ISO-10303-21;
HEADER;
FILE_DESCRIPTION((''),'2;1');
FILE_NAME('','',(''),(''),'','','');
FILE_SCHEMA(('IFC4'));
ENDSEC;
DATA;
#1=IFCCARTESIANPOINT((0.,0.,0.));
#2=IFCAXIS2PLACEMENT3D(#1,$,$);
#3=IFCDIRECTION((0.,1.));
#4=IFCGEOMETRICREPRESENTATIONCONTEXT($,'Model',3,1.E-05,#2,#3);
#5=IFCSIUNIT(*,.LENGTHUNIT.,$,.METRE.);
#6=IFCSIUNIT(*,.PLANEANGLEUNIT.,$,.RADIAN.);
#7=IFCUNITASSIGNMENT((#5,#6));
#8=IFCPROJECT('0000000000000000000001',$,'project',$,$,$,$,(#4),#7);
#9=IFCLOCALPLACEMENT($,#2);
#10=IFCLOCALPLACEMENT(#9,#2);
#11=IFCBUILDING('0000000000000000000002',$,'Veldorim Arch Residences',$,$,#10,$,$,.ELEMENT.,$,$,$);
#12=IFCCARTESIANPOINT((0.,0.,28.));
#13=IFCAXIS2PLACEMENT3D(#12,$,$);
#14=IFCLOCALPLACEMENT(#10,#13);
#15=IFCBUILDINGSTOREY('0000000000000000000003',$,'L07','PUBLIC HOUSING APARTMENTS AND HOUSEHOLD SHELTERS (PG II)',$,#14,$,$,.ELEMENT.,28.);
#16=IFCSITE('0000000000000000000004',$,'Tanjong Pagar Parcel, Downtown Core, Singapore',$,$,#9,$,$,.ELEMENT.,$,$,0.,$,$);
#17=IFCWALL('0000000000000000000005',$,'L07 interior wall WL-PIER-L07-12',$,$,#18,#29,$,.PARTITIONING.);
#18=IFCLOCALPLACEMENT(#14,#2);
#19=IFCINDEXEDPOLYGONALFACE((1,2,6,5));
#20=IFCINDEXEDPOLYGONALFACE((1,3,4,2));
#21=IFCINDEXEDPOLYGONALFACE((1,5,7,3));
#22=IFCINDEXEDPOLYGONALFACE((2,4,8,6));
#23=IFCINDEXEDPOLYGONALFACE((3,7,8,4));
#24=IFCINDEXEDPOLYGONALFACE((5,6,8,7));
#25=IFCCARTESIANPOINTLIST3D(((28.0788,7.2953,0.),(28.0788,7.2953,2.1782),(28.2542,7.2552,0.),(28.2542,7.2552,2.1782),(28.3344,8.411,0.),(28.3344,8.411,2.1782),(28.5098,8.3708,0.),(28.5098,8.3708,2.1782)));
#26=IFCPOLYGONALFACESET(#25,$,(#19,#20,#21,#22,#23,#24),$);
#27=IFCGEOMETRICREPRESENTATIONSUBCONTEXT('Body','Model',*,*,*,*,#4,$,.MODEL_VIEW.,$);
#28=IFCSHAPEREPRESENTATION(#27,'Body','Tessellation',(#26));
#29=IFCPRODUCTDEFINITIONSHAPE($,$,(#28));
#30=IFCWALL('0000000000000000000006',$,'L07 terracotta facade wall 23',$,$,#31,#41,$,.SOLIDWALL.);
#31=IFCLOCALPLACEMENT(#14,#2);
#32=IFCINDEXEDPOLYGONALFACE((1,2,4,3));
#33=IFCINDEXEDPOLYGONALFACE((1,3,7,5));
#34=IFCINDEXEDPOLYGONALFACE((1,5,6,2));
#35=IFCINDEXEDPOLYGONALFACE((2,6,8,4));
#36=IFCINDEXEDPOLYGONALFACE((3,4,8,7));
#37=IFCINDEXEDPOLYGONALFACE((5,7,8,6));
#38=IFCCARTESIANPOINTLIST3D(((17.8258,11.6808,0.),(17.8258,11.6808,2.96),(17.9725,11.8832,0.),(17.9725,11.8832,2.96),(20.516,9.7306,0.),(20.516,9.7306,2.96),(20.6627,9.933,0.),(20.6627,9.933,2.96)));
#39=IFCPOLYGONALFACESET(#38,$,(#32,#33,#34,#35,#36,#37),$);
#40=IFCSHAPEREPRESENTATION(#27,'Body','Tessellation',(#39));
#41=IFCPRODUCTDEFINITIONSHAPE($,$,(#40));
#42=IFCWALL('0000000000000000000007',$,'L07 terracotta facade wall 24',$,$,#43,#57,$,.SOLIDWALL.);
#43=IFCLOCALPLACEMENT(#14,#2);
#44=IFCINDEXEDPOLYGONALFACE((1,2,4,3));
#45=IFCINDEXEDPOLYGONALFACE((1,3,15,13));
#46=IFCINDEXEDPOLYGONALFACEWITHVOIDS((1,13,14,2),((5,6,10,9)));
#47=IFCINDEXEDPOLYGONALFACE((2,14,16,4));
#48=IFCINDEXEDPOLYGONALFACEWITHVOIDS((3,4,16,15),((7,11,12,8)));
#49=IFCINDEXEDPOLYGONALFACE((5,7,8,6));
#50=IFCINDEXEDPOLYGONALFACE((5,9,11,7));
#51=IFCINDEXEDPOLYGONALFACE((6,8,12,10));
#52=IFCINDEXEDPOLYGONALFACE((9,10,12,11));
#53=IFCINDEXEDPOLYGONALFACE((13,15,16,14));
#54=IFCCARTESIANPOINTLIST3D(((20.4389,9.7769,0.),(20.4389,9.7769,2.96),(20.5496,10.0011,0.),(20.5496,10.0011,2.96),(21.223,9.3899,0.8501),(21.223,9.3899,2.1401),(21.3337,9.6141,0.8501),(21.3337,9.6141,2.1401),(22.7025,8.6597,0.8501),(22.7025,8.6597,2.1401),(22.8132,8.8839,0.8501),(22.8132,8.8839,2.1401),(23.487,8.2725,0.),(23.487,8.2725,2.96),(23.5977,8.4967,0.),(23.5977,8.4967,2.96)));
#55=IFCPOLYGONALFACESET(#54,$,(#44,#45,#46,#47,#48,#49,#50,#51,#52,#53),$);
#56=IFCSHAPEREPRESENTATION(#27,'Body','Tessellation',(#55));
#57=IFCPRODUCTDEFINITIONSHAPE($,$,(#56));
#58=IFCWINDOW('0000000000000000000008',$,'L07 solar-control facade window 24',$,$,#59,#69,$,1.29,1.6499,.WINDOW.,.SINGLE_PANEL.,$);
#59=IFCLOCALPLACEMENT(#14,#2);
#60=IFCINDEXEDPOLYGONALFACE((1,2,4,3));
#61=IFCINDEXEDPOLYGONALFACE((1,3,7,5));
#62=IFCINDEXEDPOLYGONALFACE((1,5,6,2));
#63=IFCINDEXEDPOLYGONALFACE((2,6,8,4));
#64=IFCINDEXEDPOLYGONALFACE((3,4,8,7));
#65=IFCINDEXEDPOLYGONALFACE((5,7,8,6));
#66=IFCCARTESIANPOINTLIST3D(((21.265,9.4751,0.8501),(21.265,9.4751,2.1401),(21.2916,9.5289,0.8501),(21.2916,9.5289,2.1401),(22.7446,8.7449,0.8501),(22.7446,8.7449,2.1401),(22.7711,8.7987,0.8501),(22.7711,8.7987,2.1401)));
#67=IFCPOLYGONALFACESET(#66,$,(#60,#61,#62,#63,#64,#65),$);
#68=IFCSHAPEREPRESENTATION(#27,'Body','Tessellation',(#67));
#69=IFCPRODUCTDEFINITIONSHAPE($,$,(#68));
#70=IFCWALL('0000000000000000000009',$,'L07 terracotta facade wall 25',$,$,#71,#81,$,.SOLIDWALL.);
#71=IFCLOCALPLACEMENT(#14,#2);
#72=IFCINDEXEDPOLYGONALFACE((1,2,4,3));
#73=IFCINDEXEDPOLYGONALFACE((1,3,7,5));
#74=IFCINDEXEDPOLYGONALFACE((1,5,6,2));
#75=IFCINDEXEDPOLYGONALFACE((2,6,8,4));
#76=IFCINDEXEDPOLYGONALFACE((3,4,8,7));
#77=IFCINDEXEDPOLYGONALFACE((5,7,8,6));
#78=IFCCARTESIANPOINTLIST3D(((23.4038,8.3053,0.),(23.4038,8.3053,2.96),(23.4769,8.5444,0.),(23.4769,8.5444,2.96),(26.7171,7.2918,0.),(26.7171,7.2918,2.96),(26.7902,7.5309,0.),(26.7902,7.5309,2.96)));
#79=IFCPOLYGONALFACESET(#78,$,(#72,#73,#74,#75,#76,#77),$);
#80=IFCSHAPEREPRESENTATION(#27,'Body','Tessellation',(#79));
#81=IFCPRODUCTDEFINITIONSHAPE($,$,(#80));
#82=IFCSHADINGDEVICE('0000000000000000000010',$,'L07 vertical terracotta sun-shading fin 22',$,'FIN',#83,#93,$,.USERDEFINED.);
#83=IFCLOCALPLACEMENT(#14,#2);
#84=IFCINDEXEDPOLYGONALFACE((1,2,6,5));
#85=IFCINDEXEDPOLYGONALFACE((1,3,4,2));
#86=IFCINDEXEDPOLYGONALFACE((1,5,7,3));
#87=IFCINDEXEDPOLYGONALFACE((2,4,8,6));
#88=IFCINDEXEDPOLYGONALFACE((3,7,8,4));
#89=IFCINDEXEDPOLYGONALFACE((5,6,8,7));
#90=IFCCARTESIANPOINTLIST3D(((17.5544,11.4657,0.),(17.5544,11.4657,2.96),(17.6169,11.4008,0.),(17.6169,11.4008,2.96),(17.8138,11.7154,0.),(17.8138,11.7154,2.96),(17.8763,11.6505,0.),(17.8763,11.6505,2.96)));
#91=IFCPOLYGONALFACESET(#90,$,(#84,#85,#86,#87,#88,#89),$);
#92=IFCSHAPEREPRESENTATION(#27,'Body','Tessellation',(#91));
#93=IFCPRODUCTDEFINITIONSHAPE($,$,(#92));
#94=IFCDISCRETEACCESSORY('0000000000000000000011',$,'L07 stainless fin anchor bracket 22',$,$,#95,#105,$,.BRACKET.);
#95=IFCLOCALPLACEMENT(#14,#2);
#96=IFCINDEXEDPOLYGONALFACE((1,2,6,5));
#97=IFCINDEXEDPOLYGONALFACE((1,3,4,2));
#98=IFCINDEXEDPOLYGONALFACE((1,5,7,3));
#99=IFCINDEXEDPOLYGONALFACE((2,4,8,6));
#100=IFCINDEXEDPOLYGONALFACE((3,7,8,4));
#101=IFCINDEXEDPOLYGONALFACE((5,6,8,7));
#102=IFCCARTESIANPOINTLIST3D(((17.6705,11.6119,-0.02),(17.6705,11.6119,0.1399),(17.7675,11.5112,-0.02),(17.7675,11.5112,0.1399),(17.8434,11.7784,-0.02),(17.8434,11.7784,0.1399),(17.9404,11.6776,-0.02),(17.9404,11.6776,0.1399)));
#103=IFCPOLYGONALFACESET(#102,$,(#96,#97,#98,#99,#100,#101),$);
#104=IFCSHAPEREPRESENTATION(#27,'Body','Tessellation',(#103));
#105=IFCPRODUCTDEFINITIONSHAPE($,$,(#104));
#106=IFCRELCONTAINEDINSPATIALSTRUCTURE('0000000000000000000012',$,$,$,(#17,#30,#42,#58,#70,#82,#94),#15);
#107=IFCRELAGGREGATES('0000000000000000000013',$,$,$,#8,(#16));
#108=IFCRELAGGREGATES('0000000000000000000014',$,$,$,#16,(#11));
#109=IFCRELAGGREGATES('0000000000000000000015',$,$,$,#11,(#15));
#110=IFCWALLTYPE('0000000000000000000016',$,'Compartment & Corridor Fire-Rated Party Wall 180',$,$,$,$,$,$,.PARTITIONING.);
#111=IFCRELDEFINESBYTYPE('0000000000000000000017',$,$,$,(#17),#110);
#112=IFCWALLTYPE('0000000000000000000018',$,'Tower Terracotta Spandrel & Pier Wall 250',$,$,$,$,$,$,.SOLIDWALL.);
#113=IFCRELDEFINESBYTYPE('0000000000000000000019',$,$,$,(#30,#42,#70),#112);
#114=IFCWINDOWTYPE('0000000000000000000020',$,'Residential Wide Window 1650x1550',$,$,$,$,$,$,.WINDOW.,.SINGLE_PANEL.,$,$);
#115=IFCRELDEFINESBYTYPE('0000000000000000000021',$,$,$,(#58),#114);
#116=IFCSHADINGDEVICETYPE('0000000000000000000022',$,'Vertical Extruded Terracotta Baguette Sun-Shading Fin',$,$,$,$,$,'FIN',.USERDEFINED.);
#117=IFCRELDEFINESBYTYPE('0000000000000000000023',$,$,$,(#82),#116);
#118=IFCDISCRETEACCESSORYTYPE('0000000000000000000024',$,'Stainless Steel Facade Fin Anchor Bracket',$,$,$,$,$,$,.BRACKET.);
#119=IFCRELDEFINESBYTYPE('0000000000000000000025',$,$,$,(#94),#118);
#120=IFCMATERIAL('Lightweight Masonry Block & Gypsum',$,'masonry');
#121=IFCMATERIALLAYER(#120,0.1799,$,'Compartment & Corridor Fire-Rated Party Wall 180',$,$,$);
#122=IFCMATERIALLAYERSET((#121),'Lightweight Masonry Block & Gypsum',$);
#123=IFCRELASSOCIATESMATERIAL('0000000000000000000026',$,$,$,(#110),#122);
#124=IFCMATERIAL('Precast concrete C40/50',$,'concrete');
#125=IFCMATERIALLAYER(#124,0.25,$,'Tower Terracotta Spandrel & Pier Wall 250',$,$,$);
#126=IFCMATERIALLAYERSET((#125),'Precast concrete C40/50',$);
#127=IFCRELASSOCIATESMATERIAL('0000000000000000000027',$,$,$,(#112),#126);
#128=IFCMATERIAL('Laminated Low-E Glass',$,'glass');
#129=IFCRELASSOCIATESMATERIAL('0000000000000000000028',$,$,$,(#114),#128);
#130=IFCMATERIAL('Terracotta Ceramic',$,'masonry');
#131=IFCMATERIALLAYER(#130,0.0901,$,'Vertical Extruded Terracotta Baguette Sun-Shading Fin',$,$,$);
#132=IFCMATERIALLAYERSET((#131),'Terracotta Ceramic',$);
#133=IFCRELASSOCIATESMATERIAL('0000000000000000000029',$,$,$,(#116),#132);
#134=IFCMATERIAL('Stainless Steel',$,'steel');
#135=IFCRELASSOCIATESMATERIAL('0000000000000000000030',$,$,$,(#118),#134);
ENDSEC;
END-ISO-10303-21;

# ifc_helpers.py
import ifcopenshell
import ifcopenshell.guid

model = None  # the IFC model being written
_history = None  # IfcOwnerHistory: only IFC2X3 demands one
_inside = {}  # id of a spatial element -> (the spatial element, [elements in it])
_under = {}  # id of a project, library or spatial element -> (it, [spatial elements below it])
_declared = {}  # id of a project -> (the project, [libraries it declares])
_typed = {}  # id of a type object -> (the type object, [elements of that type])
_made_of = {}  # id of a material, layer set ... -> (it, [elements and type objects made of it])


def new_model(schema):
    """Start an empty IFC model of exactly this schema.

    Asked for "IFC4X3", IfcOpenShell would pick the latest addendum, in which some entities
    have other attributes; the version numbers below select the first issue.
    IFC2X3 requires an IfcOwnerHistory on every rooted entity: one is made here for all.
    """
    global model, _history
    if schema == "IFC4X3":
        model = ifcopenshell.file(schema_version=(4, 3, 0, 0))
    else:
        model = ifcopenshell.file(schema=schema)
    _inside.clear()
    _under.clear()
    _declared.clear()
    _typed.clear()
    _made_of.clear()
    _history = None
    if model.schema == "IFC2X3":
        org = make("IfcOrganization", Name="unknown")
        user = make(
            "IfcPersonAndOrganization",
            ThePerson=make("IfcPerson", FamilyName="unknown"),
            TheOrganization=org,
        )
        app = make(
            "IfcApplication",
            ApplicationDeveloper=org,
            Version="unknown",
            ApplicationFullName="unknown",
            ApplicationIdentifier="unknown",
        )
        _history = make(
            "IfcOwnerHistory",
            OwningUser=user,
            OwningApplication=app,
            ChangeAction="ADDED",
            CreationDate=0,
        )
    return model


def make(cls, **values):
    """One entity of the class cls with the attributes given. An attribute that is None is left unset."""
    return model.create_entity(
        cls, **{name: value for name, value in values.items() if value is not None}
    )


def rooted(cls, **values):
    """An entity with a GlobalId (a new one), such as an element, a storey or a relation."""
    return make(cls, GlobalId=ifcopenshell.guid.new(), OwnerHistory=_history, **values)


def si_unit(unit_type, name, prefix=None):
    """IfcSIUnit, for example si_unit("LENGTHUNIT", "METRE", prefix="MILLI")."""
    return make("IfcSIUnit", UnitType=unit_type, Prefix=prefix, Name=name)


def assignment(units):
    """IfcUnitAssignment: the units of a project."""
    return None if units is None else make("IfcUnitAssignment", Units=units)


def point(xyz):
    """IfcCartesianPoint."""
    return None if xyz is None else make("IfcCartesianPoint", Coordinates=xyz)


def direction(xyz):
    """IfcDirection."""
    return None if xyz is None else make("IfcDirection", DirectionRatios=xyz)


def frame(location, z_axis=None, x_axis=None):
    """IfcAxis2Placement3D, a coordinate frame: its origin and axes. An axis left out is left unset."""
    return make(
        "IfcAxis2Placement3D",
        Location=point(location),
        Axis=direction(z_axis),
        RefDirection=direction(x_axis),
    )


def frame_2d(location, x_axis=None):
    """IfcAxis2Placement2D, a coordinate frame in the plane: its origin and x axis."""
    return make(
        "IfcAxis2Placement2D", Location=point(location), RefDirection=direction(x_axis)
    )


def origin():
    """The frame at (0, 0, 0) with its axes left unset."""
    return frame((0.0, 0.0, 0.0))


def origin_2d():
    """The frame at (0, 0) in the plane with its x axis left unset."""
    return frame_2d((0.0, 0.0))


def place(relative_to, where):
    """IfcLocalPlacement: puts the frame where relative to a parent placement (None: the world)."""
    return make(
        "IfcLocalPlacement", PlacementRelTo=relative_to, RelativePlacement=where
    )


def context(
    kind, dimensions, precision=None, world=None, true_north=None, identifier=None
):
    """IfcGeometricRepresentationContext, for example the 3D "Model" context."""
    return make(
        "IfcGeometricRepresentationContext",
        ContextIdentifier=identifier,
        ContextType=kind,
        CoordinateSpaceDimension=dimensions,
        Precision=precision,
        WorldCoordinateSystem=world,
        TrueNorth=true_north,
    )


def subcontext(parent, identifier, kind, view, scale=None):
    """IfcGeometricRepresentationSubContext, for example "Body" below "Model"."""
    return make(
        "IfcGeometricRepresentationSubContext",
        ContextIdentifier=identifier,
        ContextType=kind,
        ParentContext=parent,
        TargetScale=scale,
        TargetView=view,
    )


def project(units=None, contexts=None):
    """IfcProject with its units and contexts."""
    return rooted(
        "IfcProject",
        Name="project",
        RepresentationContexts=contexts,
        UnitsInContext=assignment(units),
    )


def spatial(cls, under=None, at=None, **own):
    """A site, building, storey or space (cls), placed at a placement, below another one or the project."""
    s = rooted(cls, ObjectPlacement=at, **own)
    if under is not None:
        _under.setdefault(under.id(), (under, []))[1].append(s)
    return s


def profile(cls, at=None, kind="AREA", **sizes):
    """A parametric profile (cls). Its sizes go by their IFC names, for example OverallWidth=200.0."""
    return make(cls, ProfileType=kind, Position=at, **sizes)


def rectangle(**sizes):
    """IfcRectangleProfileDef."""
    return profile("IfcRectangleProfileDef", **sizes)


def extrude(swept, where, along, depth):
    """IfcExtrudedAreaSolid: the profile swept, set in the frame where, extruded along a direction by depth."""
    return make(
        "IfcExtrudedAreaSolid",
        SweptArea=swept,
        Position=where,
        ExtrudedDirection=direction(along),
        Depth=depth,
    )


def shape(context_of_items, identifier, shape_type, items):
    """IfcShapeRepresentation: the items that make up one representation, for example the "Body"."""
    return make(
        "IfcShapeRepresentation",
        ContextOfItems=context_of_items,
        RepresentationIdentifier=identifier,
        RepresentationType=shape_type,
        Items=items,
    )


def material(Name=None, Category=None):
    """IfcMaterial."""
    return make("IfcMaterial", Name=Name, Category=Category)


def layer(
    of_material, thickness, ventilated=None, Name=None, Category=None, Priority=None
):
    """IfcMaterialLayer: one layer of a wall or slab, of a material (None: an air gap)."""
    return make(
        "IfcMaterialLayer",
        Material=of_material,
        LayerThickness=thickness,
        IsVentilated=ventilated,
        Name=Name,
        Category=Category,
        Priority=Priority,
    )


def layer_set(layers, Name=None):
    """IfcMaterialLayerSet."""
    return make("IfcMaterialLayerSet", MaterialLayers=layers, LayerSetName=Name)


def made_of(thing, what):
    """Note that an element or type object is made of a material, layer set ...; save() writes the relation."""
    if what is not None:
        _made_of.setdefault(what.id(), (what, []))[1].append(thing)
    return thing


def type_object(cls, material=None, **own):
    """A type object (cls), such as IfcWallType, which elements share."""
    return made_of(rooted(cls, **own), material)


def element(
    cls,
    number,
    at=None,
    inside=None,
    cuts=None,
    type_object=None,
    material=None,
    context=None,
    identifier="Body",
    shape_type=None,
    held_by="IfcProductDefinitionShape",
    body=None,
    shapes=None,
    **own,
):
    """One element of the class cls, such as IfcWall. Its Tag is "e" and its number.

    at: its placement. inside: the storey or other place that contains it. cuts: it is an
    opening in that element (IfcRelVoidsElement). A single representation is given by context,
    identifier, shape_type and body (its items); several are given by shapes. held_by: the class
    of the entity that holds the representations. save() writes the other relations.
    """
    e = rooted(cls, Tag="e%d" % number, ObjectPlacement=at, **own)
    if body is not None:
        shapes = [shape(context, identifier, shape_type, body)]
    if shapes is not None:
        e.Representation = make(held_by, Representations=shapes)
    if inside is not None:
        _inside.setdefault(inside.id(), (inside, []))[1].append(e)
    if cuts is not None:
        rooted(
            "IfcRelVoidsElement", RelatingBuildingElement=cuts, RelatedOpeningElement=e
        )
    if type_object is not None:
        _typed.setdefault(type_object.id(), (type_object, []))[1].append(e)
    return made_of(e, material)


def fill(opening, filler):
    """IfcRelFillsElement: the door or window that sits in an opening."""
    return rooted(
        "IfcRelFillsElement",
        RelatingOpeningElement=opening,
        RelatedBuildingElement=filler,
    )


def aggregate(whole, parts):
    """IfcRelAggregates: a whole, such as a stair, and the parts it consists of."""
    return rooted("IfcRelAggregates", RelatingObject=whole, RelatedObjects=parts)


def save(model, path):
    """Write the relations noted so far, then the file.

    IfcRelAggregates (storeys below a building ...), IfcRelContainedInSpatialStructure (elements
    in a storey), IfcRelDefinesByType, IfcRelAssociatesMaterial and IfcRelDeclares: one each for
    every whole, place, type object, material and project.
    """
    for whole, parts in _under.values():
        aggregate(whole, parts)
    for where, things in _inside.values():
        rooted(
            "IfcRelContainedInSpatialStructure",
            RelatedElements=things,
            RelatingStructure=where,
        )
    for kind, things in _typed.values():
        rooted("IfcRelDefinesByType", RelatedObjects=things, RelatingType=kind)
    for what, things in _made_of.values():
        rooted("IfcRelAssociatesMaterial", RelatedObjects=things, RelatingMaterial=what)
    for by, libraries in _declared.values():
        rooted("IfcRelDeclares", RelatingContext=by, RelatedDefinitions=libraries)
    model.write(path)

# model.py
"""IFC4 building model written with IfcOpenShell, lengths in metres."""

from ifc_helpers import new_model, si_unit, direction, frame, frame_2d, origin, origin_2d, place, context, subcontext, project, spatial, rectangle, extrude, material, layer, layer_set, type_object, element, fill, save


model = new_model("IFC4")

# Units and contexts
model_context = context("Model", 3, precision=1e-05, world=origin(), true_north=direction((0.0, 1.0)))
body_context = subcontext(model_context, "Body", "Model", "MODEL_VIEW")
ifc_project = project(units=[si_unit("LENGTHUNIT", "METRE"), si_unit("PLANEANGLEUNIT", "RADIAN")], contexts=[model_context])

# Site, building, storey
site_placement = place(None, origin())
site = spatial("IfcSite", under=ifc_project, at=site_placement, Name="Tanjong Pagar Parcel, Downtown Core, Singapore", CompositionType="ELEMENT", RefElevation=0.0)
building_placement = place(site_placement, origin())
building = spatial("IfcBuilding", under=site, at=building_placement, Name="Veldorim Arch Residences", CompositionType="ELEMENT")
storey_placement = place(building_placement, frame((0.0, 0.0, 28.0)))
storey = spatial("IfcBuildingStorey", under=building, at=storey_placement, Name="L07", Description="PUBLIC HOUSING APARTMENTS AND HOUSEHOLD SHELTERS (PG II)", CompositionType="ELEMENT", Elevation=28.0)

# Walls
ifc_material_1 = material(Name="Lightweight Masonry Block & Gypsum", Category="masonry")
ifc_layer_1 = layer(ifc_material_1, 0.1799, Name="Compartment & Corridor Fire-Rated Party Wall 180")
ifc_layer_set_1 = layer_set([ifc_layer_1], Name="Lightweight Masonry Block & Gypsum")
wall_type_1 = type_object("IfcWallType", Name="Compartment & Corridor Fire-Rated Party Wall 180", PredefinedType="PARTITIONING", material=ifc_layer_set_1)
wall_1_placement = place(storey_placement, frame((28.4221, 8.3909, 0.0), z_axis=(0.0, 0.0, 1.0), x_axis=(-0.223317, -0.974746, 0.0)))
element("IfcWall", 1, at=wall_1_placement, inside=storey, type_object=wall_type_1, Name="L07 interior wall WL-PIER-L07-12", PredefinedType="PARTITIONING", context=body_context, shape_type="SweptSolid", body=[
    extrude(rectangle(XDim=1.1445, YDim=0.1799, at=frame_2d((0.5723, 0.0))), origin(), (0.0, 0.0, 1.0), 2.1782),
])
ifc_material_2 = material(Name="Precast concrete C40/50", Category="concrete")
ifc_layer_2 = layer(ifc_material_2, 0.25, Name="Tower Terracotta Spandrel & Pier Wall 250")
ifc_layer_set_2 = layer_set([ifc_layer_2], Name="Precast concrete C40/50")
wall_type_2 = type_object("IfcWallType", Name="Tower Terracotta Spandrel & Pier Wall 250", PredefinedType="SOLIDWALL", material=ifc_layer_set_2)
wall_2_placement = place(storey_placement, frame((20.5894, 9.8318, 0.0), z_axis=(0.0, 0.0, 1.0), x_axis=(-0.809638, 0.58693, 0.0)))
element("IfcWall", 2, at=wall_2_placement, inside=storey, type_object=wall_type_2, Name="L07 terracotta facade wall 23", PredefinedType="SOLIDWALL", context=body_context, shape_type="SweptSolid", body=[
    extrude(rectangle(XDim=3.3228, YDim=0.25, at=frame_2d((1.6614, 0.0))), origin(), (0.0, 0.0, 1.0), 2.96),
])

# Wall, opening, window
wall_3_placement = place(storey_placement, frame((23.5425, 8.3845, 0.0), z_axis=(0.0, 0.0, 1.0), x_axis=(-0.896728, 0.442582, 0.0)))
wall_3 = element("IfcWall", 3, at=wall_3_placement, inside=storey, type_object=wall_type_2, Name="L07 terracotta facade wall 24", PredefinedType="SOLIDWALL", context=body_context, shape_type="SweptSolid", body=[
    extrude(rectangle(XDim=3.3992, YDim=0.25, at=frame_2d((1.6997, 0.0))), origin(), (0.0, 0.0, 1.0), 2.96),
])
opening_1_placement = place(wall_3_placement, frame((0.875, 0.0, 0.8501)))
opening_1 = element("IfcOpeningElement", 4, at=opening_1_placement, cuts=wall_3, PredefinedType="OPENING", context=body_context, shape_type="SweptSolid", body=[
    extrude(rectangle(XDim=1.6499, YDim=1.29, at=frame_2d((0.825, 0.645))), frame((0.0, 0.135, 0.0), z_axis=(0.0, -1.0, 0.0), x_axis=(1.0, 0.0, 0.0)), (0.0, 0.0, 1.0), 0.27),
])
ifc_material_3 = material(Name="Laminated Low-E Glass", Category="glass")
window_type = type_object("IfcWindowType", Name="Residential Wide Window 1650x1550", PartitioningType="SINGLE_PANEL", PredefinedType="WINDOW", material=ifc_material_3)
window_placement = place(opening_1_placement, origin())
window = element("IfcWindow", 5, at=window_placement, inside=storey, type_object=window_type, Name="L07 solar-control facade window 24", OverallHeight=1.29, OverallWidth=1.6499, PartitioningType="SINGLE_PANEL", PredefinedType="WINDOW", context=body_context, shape_type="SweptSolid", body=[
    extrude(rectangle(XDim=1.6499, YDim=1.29, at=frame_2d((0.825, 0.645))), frame((0.0, 0.03, 0.0), z_axis=(0.0, -1.0, 0.0), x_axis=(1.0, 0.0, 0.0)), (0.0, 0.0, 1.0), 0.0601),
])
fill(opening_1, window)

# Wall
wall_4_placement = place(storey_placement, frame((26.7537, 7.4114, 0.0), z_axis=(0.0, 0.0, 1.0), x_axis=(-0.956267, 0.292496, 0.0)))
element("IfcWall", 6, at=wall_4_placement, inside=storey, type_object=wall_type_2, Name="L07 terracotta facade wall 25", PredefinedType="SOLIDWALL", context=body_context, shape_type="SweptSolid", body=[
    extrude(rectangle(XDim=3.4648, YDim=0.25, at=frame_2d((1.7324, 0.0))), origin(), (0.0, 0.0, 1.0), 2.96),
])

# Shading device
ifc_material_4 = material(Name="Terracotta Ceramic", Category="masonry")
ifc_layer_3 = layer(ifc_material_4, 0.0901, Name="Vertical Extruded Terracotta Baguette Sun-Shading Fin")
ifc_layer_set_3 = layer_set([ifc_layer_3], Name="Terracotta Ceramic")
shading_device_type = type_object("IfcShadingDeviceType", Name="Vertical Extruded Terracotta Baguette Sun-Shading Fin", ElementType="FIN", PredefinedType="USERDEFINED", material=ifc_layer_set_3)
shading_device_placement = place(storey_placement, frame((17.7153, 11.5581, 0.0), z_axis=(0.0, 0.0, 1.0), x_axis=(-0.693528, 0.72043, 0.0)))
element("IfcShadingDevice", 7, at=shading_device_placement, inside=storey, type_object=shading_device_type, Name="L07 vertical terracotta sun-shading fin 22", ObjectType="FIN", PredefinedType="USERDEFINED", context=body_context, shape_type="SweptSolid", body=[
    extrude(rectangle(XDim=0.0901, YDim=0.3601, at=origin_2d()), origin(), (0.0, 0.0, 1.0), 2.96),
])

# Discrete accessory
ifc_material_5 = material(Name="Stainless Steel", Category="steel")
discrete_accessory_type = type_object("IfcDiscreteAccessoryType", Name="Stainless Steel Facade Fin Anchor Bracket", PredefinedType="BRACKET", material=ifc_material_5)
discrete_accessory_placement = place(storey_placement, frame((17.8054, 11.6448, -0.02), z_axis=(0.0, 0.0, 1.0), x_axis=(-0.693528, 0.72043, 0.0)))
element("IfcDiscreteAccessory", 8, at=discrete_accessory_placement, inside=storey, type_object=discrete_accessory_type, Name="L07 stainless fin anchor bracket 22", PredefinedType="BRACKET", context=body_context, shape_type="SweptSolid", body=[
    extrude(rectangle(XDim=0.1399, YDim=0.24, at=origin_2d()), origin(), (0.0, 0.0, 1.0), 0.1599),
])

save(model, "model.ifc")
